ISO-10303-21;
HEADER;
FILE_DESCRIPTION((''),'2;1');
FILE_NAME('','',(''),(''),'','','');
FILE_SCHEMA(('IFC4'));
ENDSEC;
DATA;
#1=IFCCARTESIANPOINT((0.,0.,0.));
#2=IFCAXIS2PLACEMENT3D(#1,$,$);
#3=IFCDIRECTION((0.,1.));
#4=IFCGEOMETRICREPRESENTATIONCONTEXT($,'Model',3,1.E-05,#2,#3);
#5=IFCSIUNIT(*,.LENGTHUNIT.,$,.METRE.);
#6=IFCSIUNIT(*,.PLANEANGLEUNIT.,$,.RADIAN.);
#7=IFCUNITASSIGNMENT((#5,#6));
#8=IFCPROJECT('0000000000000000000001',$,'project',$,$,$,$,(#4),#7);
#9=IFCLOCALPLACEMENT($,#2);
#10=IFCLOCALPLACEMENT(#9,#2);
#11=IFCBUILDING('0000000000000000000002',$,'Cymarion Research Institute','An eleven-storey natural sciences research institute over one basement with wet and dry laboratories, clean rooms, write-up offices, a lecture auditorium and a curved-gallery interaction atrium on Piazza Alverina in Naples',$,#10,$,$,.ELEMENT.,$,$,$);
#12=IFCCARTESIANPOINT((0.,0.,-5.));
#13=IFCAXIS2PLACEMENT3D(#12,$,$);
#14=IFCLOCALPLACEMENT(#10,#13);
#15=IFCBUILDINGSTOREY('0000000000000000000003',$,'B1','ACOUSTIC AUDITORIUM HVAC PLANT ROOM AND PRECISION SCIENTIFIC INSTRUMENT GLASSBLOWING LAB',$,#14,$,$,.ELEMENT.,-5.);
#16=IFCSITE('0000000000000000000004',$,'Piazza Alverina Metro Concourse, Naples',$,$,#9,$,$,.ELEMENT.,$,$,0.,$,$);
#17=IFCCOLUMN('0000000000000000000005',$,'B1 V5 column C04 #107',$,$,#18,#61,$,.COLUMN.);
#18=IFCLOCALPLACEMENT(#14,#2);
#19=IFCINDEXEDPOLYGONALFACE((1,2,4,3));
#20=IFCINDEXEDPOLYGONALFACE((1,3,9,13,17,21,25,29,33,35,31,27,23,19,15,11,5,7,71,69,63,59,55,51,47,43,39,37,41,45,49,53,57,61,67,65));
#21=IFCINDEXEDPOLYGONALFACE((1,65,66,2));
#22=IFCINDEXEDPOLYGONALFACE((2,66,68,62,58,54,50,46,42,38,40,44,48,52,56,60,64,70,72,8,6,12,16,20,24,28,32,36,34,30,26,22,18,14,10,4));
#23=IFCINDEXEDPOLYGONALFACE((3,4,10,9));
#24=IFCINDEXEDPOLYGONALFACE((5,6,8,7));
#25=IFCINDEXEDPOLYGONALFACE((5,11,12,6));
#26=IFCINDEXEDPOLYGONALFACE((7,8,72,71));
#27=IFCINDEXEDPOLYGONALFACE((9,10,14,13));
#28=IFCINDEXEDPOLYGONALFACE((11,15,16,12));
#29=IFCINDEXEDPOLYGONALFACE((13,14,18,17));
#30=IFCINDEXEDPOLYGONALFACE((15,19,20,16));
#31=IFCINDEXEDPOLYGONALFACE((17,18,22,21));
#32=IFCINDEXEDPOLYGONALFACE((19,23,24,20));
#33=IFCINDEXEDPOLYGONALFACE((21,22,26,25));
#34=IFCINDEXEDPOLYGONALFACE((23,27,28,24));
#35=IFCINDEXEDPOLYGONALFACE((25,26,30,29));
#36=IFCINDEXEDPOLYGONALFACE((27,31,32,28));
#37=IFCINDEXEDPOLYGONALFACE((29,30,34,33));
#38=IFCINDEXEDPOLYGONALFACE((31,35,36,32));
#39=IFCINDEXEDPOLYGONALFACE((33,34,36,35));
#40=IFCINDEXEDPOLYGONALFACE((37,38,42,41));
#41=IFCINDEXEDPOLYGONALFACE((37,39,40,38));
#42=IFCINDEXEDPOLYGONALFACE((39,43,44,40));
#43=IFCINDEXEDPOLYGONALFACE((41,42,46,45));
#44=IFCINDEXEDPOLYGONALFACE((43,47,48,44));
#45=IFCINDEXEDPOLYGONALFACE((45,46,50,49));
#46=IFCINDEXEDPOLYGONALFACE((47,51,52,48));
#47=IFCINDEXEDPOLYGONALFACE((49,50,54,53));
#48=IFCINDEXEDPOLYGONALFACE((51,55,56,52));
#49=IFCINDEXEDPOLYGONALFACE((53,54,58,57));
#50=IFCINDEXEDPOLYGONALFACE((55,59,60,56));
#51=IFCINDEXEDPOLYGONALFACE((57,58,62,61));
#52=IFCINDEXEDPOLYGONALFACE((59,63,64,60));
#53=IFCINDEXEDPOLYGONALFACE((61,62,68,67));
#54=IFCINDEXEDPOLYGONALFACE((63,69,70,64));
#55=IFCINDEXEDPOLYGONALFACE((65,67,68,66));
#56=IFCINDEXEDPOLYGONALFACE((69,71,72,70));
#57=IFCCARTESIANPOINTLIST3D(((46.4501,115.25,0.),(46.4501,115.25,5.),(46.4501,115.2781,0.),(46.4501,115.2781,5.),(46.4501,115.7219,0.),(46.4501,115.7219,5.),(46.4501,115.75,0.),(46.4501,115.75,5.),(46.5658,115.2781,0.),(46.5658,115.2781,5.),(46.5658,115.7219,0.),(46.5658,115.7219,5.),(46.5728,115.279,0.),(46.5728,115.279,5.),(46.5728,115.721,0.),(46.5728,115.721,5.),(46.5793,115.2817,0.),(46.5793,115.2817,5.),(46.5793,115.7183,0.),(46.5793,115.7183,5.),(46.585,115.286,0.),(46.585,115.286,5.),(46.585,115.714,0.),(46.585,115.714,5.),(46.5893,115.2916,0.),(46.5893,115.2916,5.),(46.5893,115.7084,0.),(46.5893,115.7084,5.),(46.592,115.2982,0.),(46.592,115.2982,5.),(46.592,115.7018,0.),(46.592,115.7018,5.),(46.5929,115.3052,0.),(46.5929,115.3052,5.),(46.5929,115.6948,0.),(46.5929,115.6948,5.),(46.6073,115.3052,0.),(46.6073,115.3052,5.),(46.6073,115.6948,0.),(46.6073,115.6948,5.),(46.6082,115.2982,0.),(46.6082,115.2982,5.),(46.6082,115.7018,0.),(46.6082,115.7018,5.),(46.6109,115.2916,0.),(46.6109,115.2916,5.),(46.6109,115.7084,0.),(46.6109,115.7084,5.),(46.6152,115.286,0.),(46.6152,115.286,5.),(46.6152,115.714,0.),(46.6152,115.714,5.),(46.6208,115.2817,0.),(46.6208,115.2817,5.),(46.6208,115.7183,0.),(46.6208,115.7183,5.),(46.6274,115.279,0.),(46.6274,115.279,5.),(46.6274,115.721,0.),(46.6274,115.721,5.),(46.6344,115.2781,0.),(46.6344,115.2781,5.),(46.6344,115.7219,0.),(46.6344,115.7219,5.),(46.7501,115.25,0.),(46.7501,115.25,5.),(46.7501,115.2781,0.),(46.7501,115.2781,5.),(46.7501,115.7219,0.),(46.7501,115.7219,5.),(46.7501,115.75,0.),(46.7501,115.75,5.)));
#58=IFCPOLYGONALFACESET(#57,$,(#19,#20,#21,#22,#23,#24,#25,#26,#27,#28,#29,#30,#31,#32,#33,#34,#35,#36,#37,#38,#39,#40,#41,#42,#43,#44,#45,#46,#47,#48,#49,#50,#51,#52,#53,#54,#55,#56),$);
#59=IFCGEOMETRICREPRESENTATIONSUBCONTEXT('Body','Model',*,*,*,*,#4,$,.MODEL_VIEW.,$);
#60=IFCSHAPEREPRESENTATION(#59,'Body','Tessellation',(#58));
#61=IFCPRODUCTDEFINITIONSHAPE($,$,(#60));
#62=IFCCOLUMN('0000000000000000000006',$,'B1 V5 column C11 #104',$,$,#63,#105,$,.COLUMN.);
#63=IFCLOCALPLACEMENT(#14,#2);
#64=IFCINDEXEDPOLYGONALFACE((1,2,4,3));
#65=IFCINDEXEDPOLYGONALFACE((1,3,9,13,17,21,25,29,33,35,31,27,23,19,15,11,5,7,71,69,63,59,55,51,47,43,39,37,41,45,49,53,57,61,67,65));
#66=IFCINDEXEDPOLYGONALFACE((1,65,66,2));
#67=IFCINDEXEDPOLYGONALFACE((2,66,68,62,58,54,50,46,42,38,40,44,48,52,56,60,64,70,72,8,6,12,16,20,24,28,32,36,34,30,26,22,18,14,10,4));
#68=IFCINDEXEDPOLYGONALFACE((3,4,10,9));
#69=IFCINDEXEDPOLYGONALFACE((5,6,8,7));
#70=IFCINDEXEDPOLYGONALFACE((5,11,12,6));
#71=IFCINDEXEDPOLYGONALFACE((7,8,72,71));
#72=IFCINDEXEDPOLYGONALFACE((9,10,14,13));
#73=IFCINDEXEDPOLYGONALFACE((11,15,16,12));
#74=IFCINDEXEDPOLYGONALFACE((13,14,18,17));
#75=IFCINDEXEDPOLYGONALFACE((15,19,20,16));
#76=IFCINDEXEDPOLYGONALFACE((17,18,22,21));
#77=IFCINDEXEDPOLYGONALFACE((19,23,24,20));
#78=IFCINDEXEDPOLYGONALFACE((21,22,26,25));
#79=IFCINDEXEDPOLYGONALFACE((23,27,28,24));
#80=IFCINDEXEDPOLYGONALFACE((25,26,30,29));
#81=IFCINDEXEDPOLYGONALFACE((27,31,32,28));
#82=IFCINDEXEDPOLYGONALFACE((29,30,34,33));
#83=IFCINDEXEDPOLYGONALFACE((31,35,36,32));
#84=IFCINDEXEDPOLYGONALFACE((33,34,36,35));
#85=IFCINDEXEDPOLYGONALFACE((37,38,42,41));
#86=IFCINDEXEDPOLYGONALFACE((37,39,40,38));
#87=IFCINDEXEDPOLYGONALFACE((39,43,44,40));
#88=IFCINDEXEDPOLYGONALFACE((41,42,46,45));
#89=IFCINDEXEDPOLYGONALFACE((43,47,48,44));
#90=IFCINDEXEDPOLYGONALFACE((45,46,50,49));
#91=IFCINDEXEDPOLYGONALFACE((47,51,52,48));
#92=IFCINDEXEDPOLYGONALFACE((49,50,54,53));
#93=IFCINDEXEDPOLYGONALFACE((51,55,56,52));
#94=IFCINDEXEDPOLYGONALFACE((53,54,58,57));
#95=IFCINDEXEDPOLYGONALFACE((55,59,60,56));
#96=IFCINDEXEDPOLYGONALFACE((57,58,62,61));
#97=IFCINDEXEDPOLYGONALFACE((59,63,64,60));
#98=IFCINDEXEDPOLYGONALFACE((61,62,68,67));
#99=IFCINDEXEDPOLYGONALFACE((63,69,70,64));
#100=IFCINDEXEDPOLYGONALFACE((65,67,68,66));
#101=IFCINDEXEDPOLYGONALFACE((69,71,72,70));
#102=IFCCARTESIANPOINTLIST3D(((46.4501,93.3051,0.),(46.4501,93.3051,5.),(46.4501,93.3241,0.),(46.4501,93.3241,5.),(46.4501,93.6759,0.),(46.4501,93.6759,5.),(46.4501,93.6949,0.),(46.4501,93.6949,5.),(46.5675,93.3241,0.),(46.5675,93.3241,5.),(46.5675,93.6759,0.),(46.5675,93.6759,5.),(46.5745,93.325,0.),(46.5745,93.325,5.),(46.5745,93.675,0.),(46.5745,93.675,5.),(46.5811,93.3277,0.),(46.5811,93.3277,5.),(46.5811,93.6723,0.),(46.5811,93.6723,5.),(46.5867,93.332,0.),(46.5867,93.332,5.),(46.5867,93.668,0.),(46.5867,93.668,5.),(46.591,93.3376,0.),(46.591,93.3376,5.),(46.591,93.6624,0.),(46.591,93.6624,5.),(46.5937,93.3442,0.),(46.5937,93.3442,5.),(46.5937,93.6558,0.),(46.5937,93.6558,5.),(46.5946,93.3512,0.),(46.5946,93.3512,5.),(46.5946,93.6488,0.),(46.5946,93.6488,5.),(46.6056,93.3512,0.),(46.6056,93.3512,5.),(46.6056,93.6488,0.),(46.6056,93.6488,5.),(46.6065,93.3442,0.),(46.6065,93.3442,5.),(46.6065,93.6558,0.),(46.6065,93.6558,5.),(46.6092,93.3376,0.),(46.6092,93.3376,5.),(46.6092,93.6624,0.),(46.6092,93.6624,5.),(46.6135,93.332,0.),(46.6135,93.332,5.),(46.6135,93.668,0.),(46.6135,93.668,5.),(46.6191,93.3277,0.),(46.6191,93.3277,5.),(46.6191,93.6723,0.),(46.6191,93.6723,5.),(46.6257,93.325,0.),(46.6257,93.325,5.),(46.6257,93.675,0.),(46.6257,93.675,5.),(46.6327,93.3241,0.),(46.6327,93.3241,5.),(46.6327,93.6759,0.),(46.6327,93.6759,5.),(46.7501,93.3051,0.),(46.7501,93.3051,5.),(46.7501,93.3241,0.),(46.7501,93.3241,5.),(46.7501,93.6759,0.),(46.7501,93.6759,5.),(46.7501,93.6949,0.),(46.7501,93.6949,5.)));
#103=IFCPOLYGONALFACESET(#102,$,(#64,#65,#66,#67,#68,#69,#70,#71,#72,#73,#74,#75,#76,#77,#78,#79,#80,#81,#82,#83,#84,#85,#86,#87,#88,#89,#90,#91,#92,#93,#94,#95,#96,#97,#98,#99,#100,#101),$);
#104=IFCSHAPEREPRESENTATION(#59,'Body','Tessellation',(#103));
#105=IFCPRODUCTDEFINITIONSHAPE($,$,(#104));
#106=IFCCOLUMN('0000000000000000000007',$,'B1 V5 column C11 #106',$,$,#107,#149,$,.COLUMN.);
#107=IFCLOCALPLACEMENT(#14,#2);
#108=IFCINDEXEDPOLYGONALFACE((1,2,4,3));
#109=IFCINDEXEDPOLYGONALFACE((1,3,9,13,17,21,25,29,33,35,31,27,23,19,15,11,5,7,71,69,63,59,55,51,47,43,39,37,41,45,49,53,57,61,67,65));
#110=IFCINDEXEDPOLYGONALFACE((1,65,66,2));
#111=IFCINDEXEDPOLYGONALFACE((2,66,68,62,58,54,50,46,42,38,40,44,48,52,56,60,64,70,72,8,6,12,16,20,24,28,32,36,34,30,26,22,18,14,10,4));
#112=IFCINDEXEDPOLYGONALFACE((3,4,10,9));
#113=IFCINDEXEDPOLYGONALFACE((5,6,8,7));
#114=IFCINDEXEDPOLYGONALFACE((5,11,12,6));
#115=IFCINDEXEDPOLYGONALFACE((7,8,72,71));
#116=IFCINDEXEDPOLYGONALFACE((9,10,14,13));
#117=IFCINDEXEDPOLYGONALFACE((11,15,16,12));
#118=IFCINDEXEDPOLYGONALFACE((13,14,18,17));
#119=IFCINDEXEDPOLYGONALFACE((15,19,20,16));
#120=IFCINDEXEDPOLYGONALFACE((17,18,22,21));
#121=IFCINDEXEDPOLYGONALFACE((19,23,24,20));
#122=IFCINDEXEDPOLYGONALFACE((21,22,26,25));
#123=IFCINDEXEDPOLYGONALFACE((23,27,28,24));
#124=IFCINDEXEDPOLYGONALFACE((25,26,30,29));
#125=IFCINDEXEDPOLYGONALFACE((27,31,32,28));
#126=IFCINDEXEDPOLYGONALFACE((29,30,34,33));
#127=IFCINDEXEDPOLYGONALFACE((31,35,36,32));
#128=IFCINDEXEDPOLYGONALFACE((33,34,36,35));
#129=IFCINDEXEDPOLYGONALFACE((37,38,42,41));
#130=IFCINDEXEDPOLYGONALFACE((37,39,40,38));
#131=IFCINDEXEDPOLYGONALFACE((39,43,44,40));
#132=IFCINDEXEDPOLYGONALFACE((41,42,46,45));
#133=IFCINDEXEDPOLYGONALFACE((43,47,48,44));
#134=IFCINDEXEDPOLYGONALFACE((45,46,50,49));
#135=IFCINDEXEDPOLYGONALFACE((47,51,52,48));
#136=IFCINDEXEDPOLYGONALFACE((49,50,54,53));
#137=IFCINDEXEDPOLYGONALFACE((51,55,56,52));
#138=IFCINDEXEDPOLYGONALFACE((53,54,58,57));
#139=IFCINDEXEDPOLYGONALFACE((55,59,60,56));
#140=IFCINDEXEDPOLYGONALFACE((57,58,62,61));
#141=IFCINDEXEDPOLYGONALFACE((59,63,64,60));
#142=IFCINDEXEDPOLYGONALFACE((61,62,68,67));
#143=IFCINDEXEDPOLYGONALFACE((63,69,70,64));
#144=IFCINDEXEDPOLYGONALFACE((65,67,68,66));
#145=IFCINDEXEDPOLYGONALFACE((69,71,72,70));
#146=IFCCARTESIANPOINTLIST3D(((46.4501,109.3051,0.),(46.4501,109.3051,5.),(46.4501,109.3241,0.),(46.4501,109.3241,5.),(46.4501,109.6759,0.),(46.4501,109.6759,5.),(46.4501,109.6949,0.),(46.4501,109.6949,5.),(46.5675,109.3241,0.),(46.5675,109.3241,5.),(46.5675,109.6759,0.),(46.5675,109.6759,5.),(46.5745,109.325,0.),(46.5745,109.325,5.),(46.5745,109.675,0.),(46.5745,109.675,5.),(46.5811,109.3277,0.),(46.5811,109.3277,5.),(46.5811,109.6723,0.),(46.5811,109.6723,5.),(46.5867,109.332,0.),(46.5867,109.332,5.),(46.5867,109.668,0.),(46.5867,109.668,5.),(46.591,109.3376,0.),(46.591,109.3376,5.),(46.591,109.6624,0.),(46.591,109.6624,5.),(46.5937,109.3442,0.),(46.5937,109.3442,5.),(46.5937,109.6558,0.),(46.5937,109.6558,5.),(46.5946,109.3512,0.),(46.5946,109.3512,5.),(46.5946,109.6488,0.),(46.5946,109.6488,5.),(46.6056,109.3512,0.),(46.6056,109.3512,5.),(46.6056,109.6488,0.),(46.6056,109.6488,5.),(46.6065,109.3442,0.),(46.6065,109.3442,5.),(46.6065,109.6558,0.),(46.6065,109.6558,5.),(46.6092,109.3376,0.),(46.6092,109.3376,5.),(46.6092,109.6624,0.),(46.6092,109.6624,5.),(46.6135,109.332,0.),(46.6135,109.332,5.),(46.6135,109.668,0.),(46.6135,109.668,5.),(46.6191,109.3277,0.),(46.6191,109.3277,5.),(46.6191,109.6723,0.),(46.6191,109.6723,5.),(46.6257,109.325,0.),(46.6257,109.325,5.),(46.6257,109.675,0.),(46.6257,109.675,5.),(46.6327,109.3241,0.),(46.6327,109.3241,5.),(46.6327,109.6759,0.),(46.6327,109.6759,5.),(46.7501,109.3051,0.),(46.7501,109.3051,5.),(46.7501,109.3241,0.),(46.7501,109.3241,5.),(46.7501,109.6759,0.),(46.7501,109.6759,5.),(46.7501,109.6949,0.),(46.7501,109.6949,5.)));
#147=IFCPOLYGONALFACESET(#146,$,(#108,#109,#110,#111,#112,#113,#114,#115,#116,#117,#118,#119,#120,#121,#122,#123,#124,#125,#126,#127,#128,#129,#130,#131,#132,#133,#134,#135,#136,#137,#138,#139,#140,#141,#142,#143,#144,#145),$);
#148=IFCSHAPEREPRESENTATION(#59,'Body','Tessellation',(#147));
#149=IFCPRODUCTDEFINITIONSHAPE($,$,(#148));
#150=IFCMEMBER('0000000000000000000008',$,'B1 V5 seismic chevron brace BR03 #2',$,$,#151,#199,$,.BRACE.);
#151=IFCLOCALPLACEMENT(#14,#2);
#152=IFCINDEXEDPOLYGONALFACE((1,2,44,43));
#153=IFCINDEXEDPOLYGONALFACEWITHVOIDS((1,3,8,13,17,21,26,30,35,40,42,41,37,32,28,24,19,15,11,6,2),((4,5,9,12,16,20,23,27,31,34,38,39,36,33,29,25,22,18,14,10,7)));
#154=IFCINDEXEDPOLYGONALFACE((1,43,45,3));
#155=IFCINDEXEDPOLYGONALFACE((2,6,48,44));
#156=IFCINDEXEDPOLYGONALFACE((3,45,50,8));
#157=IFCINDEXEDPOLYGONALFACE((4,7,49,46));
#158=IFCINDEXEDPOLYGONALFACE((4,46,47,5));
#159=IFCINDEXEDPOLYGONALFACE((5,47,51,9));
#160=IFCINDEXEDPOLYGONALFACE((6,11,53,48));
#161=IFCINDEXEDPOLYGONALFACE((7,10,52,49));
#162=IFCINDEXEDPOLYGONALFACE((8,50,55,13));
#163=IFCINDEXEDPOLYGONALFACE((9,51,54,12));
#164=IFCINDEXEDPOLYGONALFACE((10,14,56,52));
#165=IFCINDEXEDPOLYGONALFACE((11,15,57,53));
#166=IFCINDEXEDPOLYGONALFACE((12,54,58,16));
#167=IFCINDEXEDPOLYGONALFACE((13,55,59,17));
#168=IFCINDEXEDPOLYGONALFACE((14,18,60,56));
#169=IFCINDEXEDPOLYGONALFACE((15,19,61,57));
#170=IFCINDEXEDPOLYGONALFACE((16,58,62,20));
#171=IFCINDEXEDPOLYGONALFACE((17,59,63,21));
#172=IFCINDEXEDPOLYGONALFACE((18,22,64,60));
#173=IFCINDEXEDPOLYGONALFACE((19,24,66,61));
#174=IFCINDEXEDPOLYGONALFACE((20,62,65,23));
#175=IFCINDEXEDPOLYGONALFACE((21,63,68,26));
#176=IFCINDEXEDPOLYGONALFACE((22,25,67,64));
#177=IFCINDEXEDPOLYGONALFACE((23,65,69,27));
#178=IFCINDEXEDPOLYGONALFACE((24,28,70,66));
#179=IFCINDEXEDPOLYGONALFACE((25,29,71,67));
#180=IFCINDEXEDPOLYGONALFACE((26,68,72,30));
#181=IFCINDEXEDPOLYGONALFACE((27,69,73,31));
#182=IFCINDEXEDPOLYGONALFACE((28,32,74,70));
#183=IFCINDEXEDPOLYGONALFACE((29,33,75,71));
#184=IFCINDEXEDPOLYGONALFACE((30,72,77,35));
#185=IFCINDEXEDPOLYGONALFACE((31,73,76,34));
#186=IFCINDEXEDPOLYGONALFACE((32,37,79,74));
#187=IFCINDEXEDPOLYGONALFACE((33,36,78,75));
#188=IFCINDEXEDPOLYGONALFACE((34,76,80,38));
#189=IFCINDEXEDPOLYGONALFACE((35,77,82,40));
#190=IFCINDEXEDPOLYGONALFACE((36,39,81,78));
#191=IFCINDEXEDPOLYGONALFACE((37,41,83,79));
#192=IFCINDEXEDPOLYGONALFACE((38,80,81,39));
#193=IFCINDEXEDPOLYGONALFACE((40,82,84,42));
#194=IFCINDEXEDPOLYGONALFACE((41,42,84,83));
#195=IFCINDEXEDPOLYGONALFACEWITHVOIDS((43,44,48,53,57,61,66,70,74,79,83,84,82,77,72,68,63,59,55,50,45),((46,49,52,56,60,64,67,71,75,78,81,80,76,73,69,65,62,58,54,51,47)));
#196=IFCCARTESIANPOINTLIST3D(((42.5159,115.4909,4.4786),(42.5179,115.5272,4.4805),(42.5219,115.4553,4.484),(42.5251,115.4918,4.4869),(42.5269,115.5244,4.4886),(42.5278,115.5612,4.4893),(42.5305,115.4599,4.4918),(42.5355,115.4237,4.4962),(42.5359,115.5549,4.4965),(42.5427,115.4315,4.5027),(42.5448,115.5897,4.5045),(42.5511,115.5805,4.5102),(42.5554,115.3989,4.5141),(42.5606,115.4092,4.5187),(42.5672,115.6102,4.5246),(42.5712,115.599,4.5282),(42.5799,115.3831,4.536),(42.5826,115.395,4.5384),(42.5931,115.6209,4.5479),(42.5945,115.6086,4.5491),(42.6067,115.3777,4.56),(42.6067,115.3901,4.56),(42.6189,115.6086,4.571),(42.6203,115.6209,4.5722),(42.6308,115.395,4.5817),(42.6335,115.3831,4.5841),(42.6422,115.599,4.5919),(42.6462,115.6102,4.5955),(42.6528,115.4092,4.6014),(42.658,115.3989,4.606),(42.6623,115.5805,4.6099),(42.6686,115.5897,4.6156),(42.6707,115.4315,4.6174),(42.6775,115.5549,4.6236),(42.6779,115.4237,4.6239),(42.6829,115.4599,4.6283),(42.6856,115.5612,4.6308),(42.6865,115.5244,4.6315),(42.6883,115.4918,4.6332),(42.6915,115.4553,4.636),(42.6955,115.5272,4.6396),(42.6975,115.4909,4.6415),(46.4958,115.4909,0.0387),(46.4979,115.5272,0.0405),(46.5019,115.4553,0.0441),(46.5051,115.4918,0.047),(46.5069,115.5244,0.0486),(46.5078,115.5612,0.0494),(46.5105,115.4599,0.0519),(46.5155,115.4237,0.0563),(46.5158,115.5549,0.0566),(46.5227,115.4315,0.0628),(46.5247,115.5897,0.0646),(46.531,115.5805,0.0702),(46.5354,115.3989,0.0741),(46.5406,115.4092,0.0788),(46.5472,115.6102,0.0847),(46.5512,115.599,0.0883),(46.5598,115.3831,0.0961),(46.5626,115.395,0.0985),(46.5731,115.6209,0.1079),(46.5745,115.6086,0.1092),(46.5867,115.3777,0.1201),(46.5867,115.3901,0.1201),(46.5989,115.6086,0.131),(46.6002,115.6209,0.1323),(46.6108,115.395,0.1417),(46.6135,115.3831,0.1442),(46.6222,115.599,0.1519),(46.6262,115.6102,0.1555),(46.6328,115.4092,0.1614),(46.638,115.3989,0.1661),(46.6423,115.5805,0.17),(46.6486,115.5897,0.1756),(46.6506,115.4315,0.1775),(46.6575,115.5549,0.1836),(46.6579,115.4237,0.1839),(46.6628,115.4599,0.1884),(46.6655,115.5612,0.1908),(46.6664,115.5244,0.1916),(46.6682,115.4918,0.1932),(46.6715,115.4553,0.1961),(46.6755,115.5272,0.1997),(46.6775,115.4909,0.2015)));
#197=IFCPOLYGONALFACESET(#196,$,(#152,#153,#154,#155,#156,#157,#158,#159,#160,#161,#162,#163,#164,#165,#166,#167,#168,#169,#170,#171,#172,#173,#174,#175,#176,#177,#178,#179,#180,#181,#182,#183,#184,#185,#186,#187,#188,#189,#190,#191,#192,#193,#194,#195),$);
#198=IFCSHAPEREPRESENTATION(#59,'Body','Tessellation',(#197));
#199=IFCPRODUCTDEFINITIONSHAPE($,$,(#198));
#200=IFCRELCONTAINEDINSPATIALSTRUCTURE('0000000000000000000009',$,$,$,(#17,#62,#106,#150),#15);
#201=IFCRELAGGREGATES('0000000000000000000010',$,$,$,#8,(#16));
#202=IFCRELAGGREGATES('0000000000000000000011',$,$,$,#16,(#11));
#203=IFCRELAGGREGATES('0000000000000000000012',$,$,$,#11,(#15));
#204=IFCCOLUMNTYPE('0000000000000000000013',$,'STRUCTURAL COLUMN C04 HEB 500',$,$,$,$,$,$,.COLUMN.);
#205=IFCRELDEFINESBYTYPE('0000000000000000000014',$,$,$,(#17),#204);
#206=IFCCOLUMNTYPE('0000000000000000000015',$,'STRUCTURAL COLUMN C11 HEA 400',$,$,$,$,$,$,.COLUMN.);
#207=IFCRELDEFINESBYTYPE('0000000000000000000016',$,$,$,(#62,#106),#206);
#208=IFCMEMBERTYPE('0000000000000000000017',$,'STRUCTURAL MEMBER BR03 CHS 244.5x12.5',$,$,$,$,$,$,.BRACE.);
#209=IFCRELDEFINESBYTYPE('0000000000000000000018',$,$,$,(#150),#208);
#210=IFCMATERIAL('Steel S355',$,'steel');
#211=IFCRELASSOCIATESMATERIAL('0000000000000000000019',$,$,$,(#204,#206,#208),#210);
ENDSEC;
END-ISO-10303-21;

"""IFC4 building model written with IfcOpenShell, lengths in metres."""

from ifc_helpers import new_model, si_unit, direction, frame, origin, origin_2d, place, context, subcontext, project, spatial, hollow_circle, i_section, extrude, material, material_profile, profile_set, type_object, element, save


model = new_model("IFC4")

# Units and contexts
model_context = context("Model", 3, precision=1e-05, world=origin(), true_north=direction((0.0, 1.0)))
body_context = subcontext(model_context, "Body", "Model", "MODEL_VIEW")
ifc_project = project(units=[si_unit("LENGTHUNIT", "METRE"), si_unit("PLANEANGLEUNIT", "RADIAN")], contexts=[model_context])

# Site, building, storey
site_placement = place(None, origin())
site = spatial("IfcSite", under=ifc_project, at=site_placement, Name="Piazza Alverina Metro Concourse, Naples", CompositionType="ELEMENT", RefElevation=0.0)
building_placement = place(site_placement, origin())
building = spatial("IfcBuilding", under=site, at=building_placement, Name="Cymarion Research Institute", Description="An eleven-storey natural sciences research institute over one basement with wet and dry laboratories, clean rooms, write-up offices, a lecture auditorium and a curved-gallery interaction atrium on Piazza Alverina in Naples", CompositionType="ELEMENT")
storey_placement = place(building_placement, frame((0.0, 0.0, -5.0)))
storey = spatial("IfcBuildingStorey", under=building, at=storey_placement, Name="B1", Description="ACOUSTIC AUDITORIUM HVAC PLANT ROOM AND PRECISION SCIENTIFIC INSTRUMENT GLASSBLOWING LAB", CompositionType="ELEMENT", Elevation=-5.0)

# Columns
ifc_material_1 = material(Name="Steel S355", Category="steel")
ifc_material_profile_1 = material_profile(ifc_material_1, i_section(OverallWidth=0.3, OverallDepth=0.5, WebThickness=0.0144, FlangeThickness=0.0281, FilletRadius=0.0271, at=origin_2d()), Name="HEB 500")
ifc_profile_set_1 = profile_set([ifc_material_profile_1], Name="Steel S355")
column_type_1 = type_object("IfcColumnType", Name="STRUCTURAL COLUMN C04 HEB 500", PredefinedType="COLUMN", material=ifc_profile_set_1)
for number, where, z_axis, x_axis, name in (
    (1, (46.6001, 115.5, 0.0), (0.0, 0.0, 1.0), (1.0, 0.0, 0.0), "B1 V5 column C04 #107"),
):
    element("IfcColumn", number, at=place(storey_placement, frame(where, z_axis=z_axis, x_axis=x_axis)), inside=storey, type_object=column_type_1, Name=name, PredefinedType="COLUMN", context=body_context, shape_type="SweptSolid", body=[
        extrude(i_section(OverallWidth=0.3, OverallDepth=0.5, WebThickness=0.0144, FlangeThickness=0.0281, FilletRadius=0.0271, at=origin_2d()), origin(), (0.0, 0.0, 1.0), 5.0),
    ])
ifc_material_profile_2 = material_profile(ifc_material_1, i_section(OverallWidth=0.3, OverallDepth=0.3899, WebThickness=0.011, FlangeThickness=0.019, FilletRadius=0.0271, at=origin_2d()), Name="HEA 400")
ifc_profile_set_2 = profile_set([ifc_material_profile_2], Name="Steel S355")
column_type_2 = type_object("IfcColumnType", Name="STRUCTURAL COLUMN C11 HEA 400", PredefinedType="COLUMN", material=ifc_profile_set_2)
for number, where, z_axis, x_axis, name in (
    (2, (46.6001, 93.5, 0.0), (0.0, 0.0, 1.0), (1.0, 0.0, 0.0), "B1 V5 column C11 #104"),
    (3, (46.6001, 109.5, 0.0), (0.0, 0.0, 1.0), (1.0, 0.0, 0.0), "B1 V5 column C11 #106"),
):
    element("IfcColumn", number, at=place(storey_placement, frame(where, z_axis=z_axis, x_axis=x_axis)), inside=storey, type_object=column_type_2, Name=name, PredefinedType="COLUMN", context=body_context, shape_type="SweptSolid", body=[
        extrude(i_section(OverallWidth=0.3, OverallDepth=0.3899, WebThickness=0.011, FlangeThickness=0.019, FilletRadius=0.0271, at=origin_2d()), origin(), (0.0, 0.0, 1.0), 5.0),
    ])

# Member
ifc_material_profile_3 = material_profile(ifc_material_1, hollow_circle(Radius=0.1223, WallThickness=0.0125, at=origin_2d()), Name="CHS 244.5x12.5")
ifc_profile_set_3 = profile_set([ifc_material_profile_3], Name="Steel S355")
member_type = type_object("IfcMemberType", Name="STRUCTURAL MEMBER BR03 CHS 244.5x12.5", PredefinedType="BRACE", material=ifc_profile_set_3)
member_placement = place(storey_placement, frame((46.5867, 115.5, 0.1201), z_axis=(-0.667484, 0.0, 0.744624), x_axis=(0.0, -1.0, 0.0)))
element("IfcMember", 4, at=member_placement, inside=storey, type_object=member_type, Name="B1 V5 seismic chevron brace BR03 #2", PredefinedType="BRACE", context=body_context, shape_type="SweptSolid", body=[
    extrude(hollow_circle(Radius=0.1223, WallThickness=0.0125, at=origin_2d()), origin(), (0.0, 0.0, 1.0), 5.9626),
])

save(model, "model.ifc")
